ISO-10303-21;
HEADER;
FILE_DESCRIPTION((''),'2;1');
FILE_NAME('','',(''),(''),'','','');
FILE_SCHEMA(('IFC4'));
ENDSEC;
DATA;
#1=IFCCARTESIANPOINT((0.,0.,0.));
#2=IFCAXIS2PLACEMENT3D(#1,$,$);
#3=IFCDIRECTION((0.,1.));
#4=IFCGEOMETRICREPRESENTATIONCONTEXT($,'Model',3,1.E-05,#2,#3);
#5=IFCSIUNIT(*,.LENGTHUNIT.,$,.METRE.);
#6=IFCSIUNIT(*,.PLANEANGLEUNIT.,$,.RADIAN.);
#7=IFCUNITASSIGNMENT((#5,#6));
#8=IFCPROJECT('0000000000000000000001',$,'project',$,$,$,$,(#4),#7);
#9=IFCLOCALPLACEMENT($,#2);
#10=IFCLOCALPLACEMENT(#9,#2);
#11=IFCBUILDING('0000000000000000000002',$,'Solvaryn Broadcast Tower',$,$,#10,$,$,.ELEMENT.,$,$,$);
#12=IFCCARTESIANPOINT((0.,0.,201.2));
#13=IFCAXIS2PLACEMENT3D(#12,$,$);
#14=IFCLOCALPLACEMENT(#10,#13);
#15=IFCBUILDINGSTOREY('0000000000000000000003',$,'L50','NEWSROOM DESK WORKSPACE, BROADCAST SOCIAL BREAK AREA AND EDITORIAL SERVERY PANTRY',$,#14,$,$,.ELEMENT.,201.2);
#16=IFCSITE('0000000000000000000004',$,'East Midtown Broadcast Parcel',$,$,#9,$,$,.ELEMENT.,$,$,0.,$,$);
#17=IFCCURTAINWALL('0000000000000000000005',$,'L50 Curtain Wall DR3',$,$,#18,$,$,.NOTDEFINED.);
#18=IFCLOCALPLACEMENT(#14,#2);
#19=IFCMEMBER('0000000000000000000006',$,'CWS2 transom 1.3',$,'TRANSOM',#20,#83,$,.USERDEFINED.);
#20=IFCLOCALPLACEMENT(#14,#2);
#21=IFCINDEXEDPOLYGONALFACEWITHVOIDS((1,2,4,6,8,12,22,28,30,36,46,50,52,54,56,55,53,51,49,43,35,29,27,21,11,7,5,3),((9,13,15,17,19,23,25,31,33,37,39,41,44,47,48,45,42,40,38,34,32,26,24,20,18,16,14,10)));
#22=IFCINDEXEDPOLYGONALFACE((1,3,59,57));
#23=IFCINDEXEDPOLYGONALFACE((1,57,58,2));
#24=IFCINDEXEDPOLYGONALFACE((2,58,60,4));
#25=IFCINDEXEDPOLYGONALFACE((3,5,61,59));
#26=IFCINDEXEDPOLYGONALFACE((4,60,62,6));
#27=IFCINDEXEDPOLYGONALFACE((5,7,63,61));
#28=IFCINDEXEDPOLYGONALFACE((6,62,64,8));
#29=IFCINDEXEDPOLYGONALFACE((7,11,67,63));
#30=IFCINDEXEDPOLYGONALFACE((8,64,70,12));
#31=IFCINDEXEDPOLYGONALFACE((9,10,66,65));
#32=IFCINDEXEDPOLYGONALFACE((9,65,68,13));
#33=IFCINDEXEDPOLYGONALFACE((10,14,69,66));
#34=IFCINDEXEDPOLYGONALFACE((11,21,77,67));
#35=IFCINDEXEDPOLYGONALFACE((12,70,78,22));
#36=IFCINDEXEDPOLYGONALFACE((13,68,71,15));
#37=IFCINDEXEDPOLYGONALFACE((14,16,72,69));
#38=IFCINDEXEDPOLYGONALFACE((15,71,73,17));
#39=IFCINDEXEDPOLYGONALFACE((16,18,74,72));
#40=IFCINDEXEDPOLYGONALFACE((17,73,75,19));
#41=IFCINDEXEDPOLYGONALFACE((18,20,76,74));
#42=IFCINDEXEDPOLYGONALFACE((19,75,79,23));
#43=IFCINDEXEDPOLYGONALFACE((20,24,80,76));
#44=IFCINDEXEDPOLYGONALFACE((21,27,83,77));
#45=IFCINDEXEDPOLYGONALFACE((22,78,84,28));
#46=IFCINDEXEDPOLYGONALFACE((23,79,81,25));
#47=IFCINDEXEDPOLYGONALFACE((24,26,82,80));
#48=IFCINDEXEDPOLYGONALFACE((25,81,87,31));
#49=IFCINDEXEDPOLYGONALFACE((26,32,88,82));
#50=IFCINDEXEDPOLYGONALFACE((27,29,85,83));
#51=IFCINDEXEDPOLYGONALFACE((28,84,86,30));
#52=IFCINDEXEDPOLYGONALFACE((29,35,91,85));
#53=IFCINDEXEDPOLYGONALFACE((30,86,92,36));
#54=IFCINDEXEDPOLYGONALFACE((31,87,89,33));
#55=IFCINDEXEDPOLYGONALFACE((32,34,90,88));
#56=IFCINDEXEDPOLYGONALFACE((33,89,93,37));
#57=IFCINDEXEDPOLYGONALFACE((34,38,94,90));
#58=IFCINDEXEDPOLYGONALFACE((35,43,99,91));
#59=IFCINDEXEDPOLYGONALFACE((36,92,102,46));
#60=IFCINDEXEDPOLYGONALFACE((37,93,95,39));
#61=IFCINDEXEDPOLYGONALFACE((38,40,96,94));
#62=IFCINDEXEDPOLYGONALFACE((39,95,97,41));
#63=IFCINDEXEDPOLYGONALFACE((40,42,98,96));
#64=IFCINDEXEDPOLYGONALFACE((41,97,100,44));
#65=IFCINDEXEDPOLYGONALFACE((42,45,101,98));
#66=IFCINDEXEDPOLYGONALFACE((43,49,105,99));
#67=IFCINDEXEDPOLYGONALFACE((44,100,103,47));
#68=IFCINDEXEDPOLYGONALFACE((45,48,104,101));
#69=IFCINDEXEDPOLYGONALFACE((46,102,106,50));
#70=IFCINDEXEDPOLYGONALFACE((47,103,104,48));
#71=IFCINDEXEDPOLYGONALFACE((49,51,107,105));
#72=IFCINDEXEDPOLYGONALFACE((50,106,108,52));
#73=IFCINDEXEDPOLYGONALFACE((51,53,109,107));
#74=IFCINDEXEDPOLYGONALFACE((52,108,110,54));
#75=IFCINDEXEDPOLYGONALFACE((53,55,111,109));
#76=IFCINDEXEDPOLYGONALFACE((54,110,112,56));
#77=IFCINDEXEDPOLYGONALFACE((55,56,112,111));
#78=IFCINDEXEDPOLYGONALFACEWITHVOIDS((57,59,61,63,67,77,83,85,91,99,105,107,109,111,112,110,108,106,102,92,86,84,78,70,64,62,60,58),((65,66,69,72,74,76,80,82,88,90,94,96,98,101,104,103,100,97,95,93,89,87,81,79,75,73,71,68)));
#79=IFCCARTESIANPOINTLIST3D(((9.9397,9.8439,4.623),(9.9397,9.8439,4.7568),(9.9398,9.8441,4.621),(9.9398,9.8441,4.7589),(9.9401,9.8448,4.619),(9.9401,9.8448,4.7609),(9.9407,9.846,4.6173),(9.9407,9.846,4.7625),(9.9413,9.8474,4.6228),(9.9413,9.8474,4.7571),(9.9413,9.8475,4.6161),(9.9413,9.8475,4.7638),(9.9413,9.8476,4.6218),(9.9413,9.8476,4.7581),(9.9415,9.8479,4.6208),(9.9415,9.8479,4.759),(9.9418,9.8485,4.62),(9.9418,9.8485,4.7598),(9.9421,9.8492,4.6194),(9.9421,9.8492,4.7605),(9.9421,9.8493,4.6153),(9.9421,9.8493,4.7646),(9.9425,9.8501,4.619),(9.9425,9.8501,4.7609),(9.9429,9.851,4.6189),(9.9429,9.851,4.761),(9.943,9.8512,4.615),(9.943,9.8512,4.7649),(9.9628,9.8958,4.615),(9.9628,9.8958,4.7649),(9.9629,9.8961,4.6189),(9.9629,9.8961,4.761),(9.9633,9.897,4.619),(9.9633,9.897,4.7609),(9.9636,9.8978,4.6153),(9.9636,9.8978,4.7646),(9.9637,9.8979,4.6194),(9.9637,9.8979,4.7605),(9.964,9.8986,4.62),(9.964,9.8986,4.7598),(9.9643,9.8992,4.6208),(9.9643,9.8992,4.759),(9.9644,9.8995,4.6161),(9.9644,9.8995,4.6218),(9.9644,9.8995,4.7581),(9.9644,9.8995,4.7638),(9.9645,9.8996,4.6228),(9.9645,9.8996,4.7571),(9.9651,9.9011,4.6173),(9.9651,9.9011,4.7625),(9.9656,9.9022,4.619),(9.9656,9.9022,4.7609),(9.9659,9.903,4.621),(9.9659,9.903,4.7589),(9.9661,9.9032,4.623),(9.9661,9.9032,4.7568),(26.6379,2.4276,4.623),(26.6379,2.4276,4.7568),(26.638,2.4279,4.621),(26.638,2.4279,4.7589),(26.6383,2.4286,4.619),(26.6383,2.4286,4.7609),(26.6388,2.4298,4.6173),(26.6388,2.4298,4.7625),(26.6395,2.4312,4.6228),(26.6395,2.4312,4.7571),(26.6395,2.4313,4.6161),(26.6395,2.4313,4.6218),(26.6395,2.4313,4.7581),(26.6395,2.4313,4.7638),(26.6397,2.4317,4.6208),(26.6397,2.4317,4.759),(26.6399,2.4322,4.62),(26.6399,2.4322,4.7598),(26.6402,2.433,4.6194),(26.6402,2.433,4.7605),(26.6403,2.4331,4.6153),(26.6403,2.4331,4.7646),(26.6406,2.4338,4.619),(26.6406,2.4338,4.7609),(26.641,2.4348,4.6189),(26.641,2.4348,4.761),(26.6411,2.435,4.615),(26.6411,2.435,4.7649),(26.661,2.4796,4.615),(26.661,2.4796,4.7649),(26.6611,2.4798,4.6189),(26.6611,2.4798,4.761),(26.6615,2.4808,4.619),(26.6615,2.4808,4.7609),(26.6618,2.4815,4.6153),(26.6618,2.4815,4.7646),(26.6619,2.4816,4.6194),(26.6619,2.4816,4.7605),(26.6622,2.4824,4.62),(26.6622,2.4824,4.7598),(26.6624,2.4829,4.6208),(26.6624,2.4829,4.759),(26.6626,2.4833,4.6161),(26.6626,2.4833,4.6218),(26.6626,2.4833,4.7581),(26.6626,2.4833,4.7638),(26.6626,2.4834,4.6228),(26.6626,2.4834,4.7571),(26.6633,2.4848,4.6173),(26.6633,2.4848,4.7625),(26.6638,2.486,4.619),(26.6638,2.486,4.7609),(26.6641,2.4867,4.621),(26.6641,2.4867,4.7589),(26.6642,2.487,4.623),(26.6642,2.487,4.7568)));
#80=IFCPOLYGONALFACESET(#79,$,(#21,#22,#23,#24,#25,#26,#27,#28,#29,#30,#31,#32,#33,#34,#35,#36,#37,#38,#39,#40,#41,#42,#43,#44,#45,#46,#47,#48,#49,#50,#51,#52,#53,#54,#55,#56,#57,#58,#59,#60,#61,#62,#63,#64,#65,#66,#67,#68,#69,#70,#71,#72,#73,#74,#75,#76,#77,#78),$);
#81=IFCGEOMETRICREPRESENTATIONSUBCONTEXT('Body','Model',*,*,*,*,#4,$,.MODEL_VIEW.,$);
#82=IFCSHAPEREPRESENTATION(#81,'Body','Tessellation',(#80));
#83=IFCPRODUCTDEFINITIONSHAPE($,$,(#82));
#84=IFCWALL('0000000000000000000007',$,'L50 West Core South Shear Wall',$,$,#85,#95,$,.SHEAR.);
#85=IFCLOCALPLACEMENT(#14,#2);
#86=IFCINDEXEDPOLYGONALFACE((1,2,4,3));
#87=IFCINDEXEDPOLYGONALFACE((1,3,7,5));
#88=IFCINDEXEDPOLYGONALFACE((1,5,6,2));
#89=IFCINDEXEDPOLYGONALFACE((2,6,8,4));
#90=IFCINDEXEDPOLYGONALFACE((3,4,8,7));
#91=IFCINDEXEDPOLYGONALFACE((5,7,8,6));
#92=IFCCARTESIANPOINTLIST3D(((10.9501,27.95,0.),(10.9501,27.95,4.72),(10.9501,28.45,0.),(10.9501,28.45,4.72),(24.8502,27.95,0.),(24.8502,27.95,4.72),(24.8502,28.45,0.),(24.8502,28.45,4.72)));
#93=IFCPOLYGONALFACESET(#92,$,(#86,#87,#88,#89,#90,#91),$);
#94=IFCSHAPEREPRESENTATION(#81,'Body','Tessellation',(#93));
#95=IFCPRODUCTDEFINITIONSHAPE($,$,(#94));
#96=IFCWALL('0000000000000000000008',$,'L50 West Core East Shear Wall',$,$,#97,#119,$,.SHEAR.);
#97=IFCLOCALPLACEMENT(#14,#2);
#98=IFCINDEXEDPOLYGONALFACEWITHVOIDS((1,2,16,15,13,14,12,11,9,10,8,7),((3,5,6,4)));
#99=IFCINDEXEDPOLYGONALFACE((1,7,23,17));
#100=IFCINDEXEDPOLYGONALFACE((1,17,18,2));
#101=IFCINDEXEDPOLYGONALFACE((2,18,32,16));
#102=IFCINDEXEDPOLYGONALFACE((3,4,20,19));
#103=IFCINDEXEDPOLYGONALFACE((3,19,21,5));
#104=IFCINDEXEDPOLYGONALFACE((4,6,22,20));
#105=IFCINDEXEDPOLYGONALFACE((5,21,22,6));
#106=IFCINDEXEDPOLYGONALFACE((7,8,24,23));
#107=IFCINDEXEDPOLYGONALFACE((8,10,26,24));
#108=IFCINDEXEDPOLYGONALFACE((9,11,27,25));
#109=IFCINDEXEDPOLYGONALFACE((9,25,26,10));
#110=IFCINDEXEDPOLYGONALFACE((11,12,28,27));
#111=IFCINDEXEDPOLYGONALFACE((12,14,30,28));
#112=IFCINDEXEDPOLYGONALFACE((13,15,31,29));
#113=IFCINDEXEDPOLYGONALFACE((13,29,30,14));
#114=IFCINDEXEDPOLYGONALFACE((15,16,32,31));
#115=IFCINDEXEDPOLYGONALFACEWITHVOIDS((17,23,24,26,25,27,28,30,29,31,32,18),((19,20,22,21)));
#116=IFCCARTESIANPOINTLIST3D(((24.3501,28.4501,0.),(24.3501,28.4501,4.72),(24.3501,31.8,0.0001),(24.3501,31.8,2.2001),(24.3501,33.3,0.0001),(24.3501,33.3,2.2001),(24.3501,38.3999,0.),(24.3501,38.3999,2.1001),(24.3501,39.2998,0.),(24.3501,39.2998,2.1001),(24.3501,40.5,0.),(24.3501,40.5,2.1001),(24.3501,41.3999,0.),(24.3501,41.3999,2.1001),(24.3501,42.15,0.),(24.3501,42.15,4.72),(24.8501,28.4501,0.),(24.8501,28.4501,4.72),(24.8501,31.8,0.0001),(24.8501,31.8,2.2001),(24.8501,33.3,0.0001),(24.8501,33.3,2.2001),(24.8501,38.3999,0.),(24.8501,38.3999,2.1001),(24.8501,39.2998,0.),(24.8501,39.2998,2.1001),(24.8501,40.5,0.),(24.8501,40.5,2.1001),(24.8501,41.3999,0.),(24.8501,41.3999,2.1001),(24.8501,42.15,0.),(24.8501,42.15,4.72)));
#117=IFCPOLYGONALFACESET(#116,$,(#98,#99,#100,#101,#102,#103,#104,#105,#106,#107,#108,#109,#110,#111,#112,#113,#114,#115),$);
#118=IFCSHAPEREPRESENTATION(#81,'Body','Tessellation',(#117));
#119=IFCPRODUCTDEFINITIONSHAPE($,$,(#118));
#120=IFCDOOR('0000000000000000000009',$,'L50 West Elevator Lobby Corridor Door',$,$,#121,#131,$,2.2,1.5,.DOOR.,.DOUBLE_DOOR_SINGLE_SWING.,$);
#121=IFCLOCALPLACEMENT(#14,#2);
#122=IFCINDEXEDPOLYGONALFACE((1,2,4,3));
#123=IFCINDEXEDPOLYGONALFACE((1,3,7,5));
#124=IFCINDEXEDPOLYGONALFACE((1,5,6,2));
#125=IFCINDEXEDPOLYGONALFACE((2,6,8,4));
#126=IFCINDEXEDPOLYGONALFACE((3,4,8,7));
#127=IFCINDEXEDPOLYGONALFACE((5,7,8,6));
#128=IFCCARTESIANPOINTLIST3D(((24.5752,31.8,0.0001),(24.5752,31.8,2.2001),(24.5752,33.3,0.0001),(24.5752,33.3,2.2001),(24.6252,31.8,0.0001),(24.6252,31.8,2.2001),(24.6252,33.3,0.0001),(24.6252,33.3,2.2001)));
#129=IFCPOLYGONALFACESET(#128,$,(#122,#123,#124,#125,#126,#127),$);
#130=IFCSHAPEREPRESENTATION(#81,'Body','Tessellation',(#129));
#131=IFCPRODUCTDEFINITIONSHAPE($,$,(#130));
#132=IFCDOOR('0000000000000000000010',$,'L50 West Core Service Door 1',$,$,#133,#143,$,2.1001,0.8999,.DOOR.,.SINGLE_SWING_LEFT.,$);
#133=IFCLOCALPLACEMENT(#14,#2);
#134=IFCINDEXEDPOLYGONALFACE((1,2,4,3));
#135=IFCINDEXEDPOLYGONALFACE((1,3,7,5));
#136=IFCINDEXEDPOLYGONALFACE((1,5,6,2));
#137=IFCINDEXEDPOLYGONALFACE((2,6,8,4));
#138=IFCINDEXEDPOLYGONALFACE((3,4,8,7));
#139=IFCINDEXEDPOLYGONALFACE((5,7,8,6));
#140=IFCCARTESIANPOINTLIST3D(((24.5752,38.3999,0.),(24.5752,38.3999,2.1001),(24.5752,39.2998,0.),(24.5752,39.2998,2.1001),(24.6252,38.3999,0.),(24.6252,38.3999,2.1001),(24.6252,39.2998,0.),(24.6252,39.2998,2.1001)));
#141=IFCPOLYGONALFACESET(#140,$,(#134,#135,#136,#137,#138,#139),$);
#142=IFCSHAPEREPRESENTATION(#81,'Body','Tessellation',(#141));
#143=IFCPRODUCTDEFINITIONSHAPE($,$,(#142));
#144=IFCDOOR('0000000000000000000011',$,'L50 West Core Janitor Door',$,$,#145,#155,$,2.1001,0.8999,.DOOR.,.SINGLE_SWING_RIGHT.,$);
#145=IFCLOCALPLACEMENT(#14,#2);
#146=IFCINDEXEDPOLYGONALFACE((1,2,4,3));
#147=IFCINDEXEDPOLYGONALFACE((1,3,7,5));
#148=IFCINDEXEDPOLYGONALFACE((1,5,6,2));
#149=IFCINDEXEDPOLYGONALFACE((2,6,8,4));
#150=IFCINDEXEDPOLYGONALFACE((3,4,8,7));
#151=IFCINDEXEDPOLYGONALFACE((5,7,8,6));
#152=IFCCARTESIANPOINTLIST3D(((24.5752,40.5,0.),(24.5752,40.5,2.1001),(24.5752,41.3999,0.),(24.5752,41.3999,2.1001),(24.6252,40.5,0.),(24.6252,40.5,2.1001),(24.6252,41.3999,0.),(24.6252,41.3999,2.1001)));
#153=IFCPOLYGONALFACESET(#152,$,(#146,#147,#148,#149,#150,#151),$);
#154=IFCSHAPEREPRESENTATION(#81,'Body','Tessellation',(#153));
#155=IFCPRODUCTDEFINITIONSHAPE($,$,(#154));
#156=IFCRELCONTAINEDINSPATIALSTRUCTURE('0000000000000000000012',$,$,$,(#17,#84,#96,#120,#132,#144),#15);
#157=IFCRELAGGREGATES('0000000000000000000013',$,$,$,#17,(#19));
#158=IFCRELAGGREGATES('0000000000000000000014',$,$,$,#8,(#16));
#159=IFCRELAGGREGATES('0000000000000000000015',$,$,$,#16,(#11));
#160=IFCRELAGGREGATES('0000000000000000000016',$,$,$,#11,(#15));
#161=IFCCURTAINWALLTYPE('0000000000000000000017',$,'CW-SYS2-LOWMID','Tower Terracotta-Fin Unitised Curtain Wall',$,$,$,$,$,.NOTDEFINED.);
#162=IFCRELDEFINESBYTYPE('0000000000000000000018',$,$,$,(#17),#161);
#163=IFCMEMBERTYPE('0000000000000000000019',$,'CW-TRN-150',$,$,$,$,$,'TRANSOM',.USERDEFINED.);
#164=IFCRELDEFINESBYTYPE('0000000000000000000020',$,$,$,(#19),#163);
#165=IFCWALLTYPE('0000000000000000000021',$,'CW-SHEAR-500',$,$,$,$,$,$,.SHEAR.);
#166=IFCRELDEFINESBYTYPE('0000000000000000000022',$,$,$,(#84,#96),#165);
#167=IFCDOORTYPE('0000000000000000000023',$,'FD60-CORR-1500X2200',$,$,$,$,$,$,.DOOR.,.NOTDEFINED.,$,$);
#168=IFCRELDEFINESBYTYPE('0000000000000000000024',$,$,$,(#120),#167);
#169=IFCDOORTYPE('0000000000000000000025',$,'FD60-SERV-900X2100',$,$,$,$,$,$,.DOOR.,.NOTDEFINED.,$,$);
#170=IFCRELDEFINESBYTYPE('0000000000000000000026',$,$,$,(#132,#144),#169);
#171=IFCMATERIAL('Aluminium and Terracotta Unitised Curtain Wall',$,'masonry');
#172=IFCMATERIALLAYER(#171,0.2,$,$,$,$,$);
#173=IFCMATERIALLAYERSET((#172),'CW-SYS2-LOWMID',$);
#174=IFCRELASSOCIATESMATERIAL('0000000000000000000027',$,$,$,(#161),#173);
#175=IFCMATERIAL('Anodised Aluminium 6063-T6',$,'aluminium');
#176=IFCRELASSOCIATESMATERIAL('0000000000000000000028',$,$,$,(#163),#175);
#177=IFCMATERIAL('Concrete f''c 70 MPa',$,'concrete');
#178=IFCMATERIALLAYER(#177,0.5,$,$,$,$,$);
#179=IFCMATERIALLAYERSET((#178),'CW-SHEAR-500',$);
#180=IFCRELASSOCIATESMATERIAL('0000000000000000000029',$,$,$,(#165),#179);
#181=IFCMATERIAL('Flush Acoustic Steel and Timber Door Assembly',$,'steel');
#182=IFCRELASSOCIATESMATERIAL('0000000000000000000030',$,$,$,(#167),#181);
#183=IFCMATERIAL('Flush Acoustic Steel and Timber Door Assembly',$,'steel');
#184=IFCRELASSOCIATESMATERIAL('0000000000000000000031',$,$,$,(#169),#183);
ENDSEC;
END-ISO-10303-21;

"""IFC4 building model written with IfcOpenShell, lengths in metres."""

from ifc_helpers import new_model, si_unit, direction, frame, frame_2d, origin, origin_2d, place, context, subcontext, project, spatial, rectangle, hollow_rectangle, extrude, material, layer, layer_set, material_profile, profile_set, type_object, element, fill, aggregate, save


model = new_model("IFC4")

# Units and contexts
model_context = context("Model", 3, precision=1e-05, world=origin(), true_north=direction((0.0, 1.0)))
body_context = subcontext(model_context, "Body", "Model", "MODEL_VIEW")
ifc_project = project(units=[si_unit("LENGTHUNIT", "METRE"), si_unit("PLANEANGLEUNIT", "RADIAN")], contexts=[model_context])

# Site, building, storey
site_placement = place(None, origin())
site = spatial("IfcSite", under=ifc_project, at=site_placement, Name="East Midtown Broadcast Parcel", CompositionType="ELEMENT", RefElevation=0.0)
building_placement = place(site_placement, origin())
building = spatial("IfcBuilding", under=site, at=building_placement, Name="Solvaryn Broadcast Tower", CompositionType="ELEMENT")
storey_placement = place(building_placement, frame((0.0, 0.0, 201.2)))
storey = spatial("IfcBuildingStorey", under=building, at=storey_placement, Name="L50", Description="NEWSROOM DESK WORKSPACE, BROADCAST SOCIAL BREAK AREA AND EDITORIAL SERVERY PANTRY", CompositionType="ELEMENT", Elevation=201.2)

# Shared definitions
ifc_material_1 = material(Name="Aluminium and Terracotta Unitised Curtain Wall", Category="masonry")
ifc_layer_1 = layer(ifc_material_1, 0.2)
ifc_layer_set_1 = layer_set([ifc_layer_1], Name="CW-SYS2-LOWMID")
curtain_wall_type = type_object("IfcCurtainWallType", Name="CW-SYS2-LOWMID", Description="Tower Terracotta-Fin Unitised Curtain Wall", PredefinedType="NOTDEFINED", material=ifc_layer_set_1)

# Curtain wall, member
curtain_wall_1_placement = place(storey_placement, origin())
curtain_wall_1 = element("IfcCurtainWall", 1, at=curtain_wall_1_placement, inside=storey, type_object=curtain_wall_type, Name="L50 Curtain Wall DR3", PredefinedType="NOTDEFINED")
ifc_material_2 = material(Name="Anodised Aluminium 6063-T6", Category="aluminium")
ifc_material_profile_1 = material_profile(ifc_material_2, hollow_rectangle(XDim=0.0649, YDim=0.1499, WallThickness=0.0039, InnerFilletRadius=0.0039, OuterFilletRadius=0.0081, at=origin_2d()))
ifc_profile_set_1 = profile_set([ifc_material_profile_1], Name="Anodised Aluminium 6063-T6")
member_type_1 = type_object("IfcMemberType", Name="CW-TRN-150", ElementType="TRANSOM", PredefinedType="USERDEFINED", material=ifc_profile_set_1)
member_1_placement = place(storey_placement, frame((9.9529, 9.8735, 4.6899), z_axis=(0.913917, -0.405902, 0.0), x_axis=(0.405902, 0.913917, 0.0)))
member_1 = element("IfcMember", 2, at=member_1_placement, type_object=member_type_1, Name="CWS2 transom 1.3", ObjectType="TRANSOM", PredefinedType="USERDEFINED", context=body_context, shape_type="SweptSolid", body=[
    extrude(hollow_rectangle(XDim=0.0649, YDim=0.1499, WallThickness=0.0039, InnerFilletRadius=0.0039, OuterFilletRadius=0.0081, at=origin_2d()), origin(), (0.0, 0.0, 1.0), 18.271),
])
aggregate(curtain_wall_1, [member_1])

# Wall
ifc_material_3 = material(Name="Concrete f'c 70 MPa", Category="concrete")
ifc_layer_2 = layer(ifc_material_3, 0.5)
ifc_layer_set_2 = layer_set([ifc_layer_2], Name="CW-SHEAR-500")
wall_type_1 = type_object("IfcWallType", Name="CW-SHEAR-500", PredefinedType="SHEAR", material=ifc_layer_set_2)
wall_1_placement = place(storey_placement, frame((10.95, 28.2, 0.0), z_axis=(0.0, 0.0, 1.0), x_axis=(1.0, 0.0, 0.0)))
element("IfcWall", 3, at=wall_1_placement, inside=storey, type_object=wall_type_1, Name="L50 West Core South Shear Wall", PredefinedType="SHEAR", context=body_context, shape_type="SweptSolid", body=[
    extrude(rectangle(XDim=13.9001, YDim=0.5, at=frame_2d((6.9502, 0.0))), origin(), (0.0, 0.0, 1.0), 4.72),
])

# Wall, openings, doors
wall_2_placement = place(storey_placement, frame((24.6001, 28.45, 0.0), z_axis=(0.0, 0.0, 1.0), x_axis=(0.0, 1.0, 0.0)))
wall_2 = element("IfcWall", 4, at=wall_2_placement, inside=storey, type_object=wall_type_1, Name="L50 West Core East Shear Wall", PredefinedType="SHEAR", context=body_context, shape_type="SweptSolid", body=[
    extrude(rectangle(XDim=13.7, YDim=0.5, at=frame_2d((6.8501, 0.0))), origin(), (0.0, 0.0, 1.0), 4.72),
])
opening_1_placement = place(wall_2_placement, frame((3.3501, 0.0, 0.0)))
opening_1 = element("IfcOpeningElement", 5, at=opening_1_placement, cuts=wall_2, PredefinedType="OPENING", context=body_context, shape_type="SweptSolid", body=[
    extrude(rectangle(XDim=1.5, YDim=2.2, at=frame_2d((0.75, 1.1001))), frame((0.0, 0.26, 0.0), z_axis=(0.0, -1.0, 0.0), x_axis=(1.0, 0.0, 0.0)), (0.0, 0.0, 1.0), 0.52),
])
opening_2_placement = place(wall_2_placement, frame((9.95, 0.0, 0.0)))
opening_2 = element("IfcOpeningElement", 6, at=opening_2_placement, cuts=wall_2, PredefinedType="OPENING", context=body_context, shape_type="SweptSolid", body=[
    extrude(rectangle(XDim=0.8999, YDim=2.1001, at=frame_2d((0.45, 1.05))), frame((0.0, 0.26, 0.0), z_axis=(0.0, -1.0, 0.0), x_axis=(1.0, 0.0, 0.0)), (0.0, 0.0, 1.0), 0.52),
])
opening_3_placement = place(wall_2_placement, frame((12.05, 0.0, 0.0)))
opening_3 = element("IfcOpeningElement", 7, at=opening_3_placement, cuts=wall_2, PredefinedType="OPENING", context=body_context, shape_type="SweptSolid", body=[
    extrude(rectangle(XDim=0.8999, YDim=2.1001, at=frame_2d((0.45, 1.05))), frame((0.0, 0.26, 0.0), z_axis=(0.0, -1.0, 0.0), x_axis=(1.0, 0.0, 0.0)), (0.0, 0.0, 1.0), 0.52),
])
ifc_material_4 = material(Name="Flush Acoustic Steel and Timber Door Assembly", Category="steel")
door_type_1 = type_object("IfcDoorType", Name="FD60-CORR-1500X2200", OperationType="NOTDEFINED", PredefinedType="DOOR", material=ifc_material_4)
door_1_placement = place(opening_1_placement, origin())
door_1 = element("IfcDoor", 8, at=door_1_placement, inside=storey, type_object=door_type_1, Name="L50 West Elevator Lobby Corridor Door", OperationType="DOUBLE_DOOR_SINGLE_SWING", OverallHeight=2.2, OverallWidth=1.5, PredefinedType="DOOR", context=body_context, shape_type="SweptSolid", body=[
    extrude(rectangle(XDim=1.5, YDim=2.2, at=frame_2d((0.75, 1.1001))), frame((0.0, 0.0249, 0.0), z_axis=(0.0, -1.0, 0.0), x_axis=(1.0, 0.0, 0.0)), (0.0, 0.0, 1.0), 0.05),
])
fill(opening_1, door_1)
ifc_material_5 = material(Name="Flush Acoustic Steel and Timber Door Assembly", Category="steel")
door_type_2 = type_object("IfcDoorType", Name="FD60-SERV-900X2100", OperationType="NOTDEFINED", PredefinedType="DOOR", material=ifc_material_5)
door_2_placement = place(opening_2_placement, origin())
door_2 = element("IfcDoor", 9, at=door_2_placement, inside=storey, type_object=door_type_2, Name="L50 West Core Service Door 1", OperationType="SINGLE_SWING_LEFT", OverallHeight=2.1001, OverallWidth=0.8999, PredefinedType="DOOR", context=body_context, shape_type="SweptSolid", body=[
    extrude(rectangle(XDim=0.8999, YDim=2.1001, at=frame_2d((0.45, 1.05))), frame((0.0, 0.0249, 0.0), z_axis=(0.0, -1.0, 0.0), x_axis=(1.0, 0.0, 0.0)), (0.0, 0.0, 1.0), 0.05),
])
fill(opening_2, door_2)
door_3_placement = place(opening_3_placement, origin())
door_3 = element("IfcDoor", 10, at=door_3_placement, inside=storey, type_object=door_type_2, Name="L50 West Core Janitor Door", OperationType="SINGLE_SWING_RIGHT", OverallHeight=2.1001, OverallWidth=0.8999, PredefinedType="DOOR", context=body_context, shape_type="SweptSolid", body=[
    extrude(rectangle(XDim=0.8999, YDim=2.1001, at=frame_2d((0.45, 1.05))), frame((0.0, 0.0249, 0.0), z_axis=(0.0, -1.0, 0.0), x_axis=(1.0, 0.0, 0.0)), (0.0, 0.0, 1.0), 0.05),
])
fill(opening_3, door_3)

save(model, "model.ifc")
